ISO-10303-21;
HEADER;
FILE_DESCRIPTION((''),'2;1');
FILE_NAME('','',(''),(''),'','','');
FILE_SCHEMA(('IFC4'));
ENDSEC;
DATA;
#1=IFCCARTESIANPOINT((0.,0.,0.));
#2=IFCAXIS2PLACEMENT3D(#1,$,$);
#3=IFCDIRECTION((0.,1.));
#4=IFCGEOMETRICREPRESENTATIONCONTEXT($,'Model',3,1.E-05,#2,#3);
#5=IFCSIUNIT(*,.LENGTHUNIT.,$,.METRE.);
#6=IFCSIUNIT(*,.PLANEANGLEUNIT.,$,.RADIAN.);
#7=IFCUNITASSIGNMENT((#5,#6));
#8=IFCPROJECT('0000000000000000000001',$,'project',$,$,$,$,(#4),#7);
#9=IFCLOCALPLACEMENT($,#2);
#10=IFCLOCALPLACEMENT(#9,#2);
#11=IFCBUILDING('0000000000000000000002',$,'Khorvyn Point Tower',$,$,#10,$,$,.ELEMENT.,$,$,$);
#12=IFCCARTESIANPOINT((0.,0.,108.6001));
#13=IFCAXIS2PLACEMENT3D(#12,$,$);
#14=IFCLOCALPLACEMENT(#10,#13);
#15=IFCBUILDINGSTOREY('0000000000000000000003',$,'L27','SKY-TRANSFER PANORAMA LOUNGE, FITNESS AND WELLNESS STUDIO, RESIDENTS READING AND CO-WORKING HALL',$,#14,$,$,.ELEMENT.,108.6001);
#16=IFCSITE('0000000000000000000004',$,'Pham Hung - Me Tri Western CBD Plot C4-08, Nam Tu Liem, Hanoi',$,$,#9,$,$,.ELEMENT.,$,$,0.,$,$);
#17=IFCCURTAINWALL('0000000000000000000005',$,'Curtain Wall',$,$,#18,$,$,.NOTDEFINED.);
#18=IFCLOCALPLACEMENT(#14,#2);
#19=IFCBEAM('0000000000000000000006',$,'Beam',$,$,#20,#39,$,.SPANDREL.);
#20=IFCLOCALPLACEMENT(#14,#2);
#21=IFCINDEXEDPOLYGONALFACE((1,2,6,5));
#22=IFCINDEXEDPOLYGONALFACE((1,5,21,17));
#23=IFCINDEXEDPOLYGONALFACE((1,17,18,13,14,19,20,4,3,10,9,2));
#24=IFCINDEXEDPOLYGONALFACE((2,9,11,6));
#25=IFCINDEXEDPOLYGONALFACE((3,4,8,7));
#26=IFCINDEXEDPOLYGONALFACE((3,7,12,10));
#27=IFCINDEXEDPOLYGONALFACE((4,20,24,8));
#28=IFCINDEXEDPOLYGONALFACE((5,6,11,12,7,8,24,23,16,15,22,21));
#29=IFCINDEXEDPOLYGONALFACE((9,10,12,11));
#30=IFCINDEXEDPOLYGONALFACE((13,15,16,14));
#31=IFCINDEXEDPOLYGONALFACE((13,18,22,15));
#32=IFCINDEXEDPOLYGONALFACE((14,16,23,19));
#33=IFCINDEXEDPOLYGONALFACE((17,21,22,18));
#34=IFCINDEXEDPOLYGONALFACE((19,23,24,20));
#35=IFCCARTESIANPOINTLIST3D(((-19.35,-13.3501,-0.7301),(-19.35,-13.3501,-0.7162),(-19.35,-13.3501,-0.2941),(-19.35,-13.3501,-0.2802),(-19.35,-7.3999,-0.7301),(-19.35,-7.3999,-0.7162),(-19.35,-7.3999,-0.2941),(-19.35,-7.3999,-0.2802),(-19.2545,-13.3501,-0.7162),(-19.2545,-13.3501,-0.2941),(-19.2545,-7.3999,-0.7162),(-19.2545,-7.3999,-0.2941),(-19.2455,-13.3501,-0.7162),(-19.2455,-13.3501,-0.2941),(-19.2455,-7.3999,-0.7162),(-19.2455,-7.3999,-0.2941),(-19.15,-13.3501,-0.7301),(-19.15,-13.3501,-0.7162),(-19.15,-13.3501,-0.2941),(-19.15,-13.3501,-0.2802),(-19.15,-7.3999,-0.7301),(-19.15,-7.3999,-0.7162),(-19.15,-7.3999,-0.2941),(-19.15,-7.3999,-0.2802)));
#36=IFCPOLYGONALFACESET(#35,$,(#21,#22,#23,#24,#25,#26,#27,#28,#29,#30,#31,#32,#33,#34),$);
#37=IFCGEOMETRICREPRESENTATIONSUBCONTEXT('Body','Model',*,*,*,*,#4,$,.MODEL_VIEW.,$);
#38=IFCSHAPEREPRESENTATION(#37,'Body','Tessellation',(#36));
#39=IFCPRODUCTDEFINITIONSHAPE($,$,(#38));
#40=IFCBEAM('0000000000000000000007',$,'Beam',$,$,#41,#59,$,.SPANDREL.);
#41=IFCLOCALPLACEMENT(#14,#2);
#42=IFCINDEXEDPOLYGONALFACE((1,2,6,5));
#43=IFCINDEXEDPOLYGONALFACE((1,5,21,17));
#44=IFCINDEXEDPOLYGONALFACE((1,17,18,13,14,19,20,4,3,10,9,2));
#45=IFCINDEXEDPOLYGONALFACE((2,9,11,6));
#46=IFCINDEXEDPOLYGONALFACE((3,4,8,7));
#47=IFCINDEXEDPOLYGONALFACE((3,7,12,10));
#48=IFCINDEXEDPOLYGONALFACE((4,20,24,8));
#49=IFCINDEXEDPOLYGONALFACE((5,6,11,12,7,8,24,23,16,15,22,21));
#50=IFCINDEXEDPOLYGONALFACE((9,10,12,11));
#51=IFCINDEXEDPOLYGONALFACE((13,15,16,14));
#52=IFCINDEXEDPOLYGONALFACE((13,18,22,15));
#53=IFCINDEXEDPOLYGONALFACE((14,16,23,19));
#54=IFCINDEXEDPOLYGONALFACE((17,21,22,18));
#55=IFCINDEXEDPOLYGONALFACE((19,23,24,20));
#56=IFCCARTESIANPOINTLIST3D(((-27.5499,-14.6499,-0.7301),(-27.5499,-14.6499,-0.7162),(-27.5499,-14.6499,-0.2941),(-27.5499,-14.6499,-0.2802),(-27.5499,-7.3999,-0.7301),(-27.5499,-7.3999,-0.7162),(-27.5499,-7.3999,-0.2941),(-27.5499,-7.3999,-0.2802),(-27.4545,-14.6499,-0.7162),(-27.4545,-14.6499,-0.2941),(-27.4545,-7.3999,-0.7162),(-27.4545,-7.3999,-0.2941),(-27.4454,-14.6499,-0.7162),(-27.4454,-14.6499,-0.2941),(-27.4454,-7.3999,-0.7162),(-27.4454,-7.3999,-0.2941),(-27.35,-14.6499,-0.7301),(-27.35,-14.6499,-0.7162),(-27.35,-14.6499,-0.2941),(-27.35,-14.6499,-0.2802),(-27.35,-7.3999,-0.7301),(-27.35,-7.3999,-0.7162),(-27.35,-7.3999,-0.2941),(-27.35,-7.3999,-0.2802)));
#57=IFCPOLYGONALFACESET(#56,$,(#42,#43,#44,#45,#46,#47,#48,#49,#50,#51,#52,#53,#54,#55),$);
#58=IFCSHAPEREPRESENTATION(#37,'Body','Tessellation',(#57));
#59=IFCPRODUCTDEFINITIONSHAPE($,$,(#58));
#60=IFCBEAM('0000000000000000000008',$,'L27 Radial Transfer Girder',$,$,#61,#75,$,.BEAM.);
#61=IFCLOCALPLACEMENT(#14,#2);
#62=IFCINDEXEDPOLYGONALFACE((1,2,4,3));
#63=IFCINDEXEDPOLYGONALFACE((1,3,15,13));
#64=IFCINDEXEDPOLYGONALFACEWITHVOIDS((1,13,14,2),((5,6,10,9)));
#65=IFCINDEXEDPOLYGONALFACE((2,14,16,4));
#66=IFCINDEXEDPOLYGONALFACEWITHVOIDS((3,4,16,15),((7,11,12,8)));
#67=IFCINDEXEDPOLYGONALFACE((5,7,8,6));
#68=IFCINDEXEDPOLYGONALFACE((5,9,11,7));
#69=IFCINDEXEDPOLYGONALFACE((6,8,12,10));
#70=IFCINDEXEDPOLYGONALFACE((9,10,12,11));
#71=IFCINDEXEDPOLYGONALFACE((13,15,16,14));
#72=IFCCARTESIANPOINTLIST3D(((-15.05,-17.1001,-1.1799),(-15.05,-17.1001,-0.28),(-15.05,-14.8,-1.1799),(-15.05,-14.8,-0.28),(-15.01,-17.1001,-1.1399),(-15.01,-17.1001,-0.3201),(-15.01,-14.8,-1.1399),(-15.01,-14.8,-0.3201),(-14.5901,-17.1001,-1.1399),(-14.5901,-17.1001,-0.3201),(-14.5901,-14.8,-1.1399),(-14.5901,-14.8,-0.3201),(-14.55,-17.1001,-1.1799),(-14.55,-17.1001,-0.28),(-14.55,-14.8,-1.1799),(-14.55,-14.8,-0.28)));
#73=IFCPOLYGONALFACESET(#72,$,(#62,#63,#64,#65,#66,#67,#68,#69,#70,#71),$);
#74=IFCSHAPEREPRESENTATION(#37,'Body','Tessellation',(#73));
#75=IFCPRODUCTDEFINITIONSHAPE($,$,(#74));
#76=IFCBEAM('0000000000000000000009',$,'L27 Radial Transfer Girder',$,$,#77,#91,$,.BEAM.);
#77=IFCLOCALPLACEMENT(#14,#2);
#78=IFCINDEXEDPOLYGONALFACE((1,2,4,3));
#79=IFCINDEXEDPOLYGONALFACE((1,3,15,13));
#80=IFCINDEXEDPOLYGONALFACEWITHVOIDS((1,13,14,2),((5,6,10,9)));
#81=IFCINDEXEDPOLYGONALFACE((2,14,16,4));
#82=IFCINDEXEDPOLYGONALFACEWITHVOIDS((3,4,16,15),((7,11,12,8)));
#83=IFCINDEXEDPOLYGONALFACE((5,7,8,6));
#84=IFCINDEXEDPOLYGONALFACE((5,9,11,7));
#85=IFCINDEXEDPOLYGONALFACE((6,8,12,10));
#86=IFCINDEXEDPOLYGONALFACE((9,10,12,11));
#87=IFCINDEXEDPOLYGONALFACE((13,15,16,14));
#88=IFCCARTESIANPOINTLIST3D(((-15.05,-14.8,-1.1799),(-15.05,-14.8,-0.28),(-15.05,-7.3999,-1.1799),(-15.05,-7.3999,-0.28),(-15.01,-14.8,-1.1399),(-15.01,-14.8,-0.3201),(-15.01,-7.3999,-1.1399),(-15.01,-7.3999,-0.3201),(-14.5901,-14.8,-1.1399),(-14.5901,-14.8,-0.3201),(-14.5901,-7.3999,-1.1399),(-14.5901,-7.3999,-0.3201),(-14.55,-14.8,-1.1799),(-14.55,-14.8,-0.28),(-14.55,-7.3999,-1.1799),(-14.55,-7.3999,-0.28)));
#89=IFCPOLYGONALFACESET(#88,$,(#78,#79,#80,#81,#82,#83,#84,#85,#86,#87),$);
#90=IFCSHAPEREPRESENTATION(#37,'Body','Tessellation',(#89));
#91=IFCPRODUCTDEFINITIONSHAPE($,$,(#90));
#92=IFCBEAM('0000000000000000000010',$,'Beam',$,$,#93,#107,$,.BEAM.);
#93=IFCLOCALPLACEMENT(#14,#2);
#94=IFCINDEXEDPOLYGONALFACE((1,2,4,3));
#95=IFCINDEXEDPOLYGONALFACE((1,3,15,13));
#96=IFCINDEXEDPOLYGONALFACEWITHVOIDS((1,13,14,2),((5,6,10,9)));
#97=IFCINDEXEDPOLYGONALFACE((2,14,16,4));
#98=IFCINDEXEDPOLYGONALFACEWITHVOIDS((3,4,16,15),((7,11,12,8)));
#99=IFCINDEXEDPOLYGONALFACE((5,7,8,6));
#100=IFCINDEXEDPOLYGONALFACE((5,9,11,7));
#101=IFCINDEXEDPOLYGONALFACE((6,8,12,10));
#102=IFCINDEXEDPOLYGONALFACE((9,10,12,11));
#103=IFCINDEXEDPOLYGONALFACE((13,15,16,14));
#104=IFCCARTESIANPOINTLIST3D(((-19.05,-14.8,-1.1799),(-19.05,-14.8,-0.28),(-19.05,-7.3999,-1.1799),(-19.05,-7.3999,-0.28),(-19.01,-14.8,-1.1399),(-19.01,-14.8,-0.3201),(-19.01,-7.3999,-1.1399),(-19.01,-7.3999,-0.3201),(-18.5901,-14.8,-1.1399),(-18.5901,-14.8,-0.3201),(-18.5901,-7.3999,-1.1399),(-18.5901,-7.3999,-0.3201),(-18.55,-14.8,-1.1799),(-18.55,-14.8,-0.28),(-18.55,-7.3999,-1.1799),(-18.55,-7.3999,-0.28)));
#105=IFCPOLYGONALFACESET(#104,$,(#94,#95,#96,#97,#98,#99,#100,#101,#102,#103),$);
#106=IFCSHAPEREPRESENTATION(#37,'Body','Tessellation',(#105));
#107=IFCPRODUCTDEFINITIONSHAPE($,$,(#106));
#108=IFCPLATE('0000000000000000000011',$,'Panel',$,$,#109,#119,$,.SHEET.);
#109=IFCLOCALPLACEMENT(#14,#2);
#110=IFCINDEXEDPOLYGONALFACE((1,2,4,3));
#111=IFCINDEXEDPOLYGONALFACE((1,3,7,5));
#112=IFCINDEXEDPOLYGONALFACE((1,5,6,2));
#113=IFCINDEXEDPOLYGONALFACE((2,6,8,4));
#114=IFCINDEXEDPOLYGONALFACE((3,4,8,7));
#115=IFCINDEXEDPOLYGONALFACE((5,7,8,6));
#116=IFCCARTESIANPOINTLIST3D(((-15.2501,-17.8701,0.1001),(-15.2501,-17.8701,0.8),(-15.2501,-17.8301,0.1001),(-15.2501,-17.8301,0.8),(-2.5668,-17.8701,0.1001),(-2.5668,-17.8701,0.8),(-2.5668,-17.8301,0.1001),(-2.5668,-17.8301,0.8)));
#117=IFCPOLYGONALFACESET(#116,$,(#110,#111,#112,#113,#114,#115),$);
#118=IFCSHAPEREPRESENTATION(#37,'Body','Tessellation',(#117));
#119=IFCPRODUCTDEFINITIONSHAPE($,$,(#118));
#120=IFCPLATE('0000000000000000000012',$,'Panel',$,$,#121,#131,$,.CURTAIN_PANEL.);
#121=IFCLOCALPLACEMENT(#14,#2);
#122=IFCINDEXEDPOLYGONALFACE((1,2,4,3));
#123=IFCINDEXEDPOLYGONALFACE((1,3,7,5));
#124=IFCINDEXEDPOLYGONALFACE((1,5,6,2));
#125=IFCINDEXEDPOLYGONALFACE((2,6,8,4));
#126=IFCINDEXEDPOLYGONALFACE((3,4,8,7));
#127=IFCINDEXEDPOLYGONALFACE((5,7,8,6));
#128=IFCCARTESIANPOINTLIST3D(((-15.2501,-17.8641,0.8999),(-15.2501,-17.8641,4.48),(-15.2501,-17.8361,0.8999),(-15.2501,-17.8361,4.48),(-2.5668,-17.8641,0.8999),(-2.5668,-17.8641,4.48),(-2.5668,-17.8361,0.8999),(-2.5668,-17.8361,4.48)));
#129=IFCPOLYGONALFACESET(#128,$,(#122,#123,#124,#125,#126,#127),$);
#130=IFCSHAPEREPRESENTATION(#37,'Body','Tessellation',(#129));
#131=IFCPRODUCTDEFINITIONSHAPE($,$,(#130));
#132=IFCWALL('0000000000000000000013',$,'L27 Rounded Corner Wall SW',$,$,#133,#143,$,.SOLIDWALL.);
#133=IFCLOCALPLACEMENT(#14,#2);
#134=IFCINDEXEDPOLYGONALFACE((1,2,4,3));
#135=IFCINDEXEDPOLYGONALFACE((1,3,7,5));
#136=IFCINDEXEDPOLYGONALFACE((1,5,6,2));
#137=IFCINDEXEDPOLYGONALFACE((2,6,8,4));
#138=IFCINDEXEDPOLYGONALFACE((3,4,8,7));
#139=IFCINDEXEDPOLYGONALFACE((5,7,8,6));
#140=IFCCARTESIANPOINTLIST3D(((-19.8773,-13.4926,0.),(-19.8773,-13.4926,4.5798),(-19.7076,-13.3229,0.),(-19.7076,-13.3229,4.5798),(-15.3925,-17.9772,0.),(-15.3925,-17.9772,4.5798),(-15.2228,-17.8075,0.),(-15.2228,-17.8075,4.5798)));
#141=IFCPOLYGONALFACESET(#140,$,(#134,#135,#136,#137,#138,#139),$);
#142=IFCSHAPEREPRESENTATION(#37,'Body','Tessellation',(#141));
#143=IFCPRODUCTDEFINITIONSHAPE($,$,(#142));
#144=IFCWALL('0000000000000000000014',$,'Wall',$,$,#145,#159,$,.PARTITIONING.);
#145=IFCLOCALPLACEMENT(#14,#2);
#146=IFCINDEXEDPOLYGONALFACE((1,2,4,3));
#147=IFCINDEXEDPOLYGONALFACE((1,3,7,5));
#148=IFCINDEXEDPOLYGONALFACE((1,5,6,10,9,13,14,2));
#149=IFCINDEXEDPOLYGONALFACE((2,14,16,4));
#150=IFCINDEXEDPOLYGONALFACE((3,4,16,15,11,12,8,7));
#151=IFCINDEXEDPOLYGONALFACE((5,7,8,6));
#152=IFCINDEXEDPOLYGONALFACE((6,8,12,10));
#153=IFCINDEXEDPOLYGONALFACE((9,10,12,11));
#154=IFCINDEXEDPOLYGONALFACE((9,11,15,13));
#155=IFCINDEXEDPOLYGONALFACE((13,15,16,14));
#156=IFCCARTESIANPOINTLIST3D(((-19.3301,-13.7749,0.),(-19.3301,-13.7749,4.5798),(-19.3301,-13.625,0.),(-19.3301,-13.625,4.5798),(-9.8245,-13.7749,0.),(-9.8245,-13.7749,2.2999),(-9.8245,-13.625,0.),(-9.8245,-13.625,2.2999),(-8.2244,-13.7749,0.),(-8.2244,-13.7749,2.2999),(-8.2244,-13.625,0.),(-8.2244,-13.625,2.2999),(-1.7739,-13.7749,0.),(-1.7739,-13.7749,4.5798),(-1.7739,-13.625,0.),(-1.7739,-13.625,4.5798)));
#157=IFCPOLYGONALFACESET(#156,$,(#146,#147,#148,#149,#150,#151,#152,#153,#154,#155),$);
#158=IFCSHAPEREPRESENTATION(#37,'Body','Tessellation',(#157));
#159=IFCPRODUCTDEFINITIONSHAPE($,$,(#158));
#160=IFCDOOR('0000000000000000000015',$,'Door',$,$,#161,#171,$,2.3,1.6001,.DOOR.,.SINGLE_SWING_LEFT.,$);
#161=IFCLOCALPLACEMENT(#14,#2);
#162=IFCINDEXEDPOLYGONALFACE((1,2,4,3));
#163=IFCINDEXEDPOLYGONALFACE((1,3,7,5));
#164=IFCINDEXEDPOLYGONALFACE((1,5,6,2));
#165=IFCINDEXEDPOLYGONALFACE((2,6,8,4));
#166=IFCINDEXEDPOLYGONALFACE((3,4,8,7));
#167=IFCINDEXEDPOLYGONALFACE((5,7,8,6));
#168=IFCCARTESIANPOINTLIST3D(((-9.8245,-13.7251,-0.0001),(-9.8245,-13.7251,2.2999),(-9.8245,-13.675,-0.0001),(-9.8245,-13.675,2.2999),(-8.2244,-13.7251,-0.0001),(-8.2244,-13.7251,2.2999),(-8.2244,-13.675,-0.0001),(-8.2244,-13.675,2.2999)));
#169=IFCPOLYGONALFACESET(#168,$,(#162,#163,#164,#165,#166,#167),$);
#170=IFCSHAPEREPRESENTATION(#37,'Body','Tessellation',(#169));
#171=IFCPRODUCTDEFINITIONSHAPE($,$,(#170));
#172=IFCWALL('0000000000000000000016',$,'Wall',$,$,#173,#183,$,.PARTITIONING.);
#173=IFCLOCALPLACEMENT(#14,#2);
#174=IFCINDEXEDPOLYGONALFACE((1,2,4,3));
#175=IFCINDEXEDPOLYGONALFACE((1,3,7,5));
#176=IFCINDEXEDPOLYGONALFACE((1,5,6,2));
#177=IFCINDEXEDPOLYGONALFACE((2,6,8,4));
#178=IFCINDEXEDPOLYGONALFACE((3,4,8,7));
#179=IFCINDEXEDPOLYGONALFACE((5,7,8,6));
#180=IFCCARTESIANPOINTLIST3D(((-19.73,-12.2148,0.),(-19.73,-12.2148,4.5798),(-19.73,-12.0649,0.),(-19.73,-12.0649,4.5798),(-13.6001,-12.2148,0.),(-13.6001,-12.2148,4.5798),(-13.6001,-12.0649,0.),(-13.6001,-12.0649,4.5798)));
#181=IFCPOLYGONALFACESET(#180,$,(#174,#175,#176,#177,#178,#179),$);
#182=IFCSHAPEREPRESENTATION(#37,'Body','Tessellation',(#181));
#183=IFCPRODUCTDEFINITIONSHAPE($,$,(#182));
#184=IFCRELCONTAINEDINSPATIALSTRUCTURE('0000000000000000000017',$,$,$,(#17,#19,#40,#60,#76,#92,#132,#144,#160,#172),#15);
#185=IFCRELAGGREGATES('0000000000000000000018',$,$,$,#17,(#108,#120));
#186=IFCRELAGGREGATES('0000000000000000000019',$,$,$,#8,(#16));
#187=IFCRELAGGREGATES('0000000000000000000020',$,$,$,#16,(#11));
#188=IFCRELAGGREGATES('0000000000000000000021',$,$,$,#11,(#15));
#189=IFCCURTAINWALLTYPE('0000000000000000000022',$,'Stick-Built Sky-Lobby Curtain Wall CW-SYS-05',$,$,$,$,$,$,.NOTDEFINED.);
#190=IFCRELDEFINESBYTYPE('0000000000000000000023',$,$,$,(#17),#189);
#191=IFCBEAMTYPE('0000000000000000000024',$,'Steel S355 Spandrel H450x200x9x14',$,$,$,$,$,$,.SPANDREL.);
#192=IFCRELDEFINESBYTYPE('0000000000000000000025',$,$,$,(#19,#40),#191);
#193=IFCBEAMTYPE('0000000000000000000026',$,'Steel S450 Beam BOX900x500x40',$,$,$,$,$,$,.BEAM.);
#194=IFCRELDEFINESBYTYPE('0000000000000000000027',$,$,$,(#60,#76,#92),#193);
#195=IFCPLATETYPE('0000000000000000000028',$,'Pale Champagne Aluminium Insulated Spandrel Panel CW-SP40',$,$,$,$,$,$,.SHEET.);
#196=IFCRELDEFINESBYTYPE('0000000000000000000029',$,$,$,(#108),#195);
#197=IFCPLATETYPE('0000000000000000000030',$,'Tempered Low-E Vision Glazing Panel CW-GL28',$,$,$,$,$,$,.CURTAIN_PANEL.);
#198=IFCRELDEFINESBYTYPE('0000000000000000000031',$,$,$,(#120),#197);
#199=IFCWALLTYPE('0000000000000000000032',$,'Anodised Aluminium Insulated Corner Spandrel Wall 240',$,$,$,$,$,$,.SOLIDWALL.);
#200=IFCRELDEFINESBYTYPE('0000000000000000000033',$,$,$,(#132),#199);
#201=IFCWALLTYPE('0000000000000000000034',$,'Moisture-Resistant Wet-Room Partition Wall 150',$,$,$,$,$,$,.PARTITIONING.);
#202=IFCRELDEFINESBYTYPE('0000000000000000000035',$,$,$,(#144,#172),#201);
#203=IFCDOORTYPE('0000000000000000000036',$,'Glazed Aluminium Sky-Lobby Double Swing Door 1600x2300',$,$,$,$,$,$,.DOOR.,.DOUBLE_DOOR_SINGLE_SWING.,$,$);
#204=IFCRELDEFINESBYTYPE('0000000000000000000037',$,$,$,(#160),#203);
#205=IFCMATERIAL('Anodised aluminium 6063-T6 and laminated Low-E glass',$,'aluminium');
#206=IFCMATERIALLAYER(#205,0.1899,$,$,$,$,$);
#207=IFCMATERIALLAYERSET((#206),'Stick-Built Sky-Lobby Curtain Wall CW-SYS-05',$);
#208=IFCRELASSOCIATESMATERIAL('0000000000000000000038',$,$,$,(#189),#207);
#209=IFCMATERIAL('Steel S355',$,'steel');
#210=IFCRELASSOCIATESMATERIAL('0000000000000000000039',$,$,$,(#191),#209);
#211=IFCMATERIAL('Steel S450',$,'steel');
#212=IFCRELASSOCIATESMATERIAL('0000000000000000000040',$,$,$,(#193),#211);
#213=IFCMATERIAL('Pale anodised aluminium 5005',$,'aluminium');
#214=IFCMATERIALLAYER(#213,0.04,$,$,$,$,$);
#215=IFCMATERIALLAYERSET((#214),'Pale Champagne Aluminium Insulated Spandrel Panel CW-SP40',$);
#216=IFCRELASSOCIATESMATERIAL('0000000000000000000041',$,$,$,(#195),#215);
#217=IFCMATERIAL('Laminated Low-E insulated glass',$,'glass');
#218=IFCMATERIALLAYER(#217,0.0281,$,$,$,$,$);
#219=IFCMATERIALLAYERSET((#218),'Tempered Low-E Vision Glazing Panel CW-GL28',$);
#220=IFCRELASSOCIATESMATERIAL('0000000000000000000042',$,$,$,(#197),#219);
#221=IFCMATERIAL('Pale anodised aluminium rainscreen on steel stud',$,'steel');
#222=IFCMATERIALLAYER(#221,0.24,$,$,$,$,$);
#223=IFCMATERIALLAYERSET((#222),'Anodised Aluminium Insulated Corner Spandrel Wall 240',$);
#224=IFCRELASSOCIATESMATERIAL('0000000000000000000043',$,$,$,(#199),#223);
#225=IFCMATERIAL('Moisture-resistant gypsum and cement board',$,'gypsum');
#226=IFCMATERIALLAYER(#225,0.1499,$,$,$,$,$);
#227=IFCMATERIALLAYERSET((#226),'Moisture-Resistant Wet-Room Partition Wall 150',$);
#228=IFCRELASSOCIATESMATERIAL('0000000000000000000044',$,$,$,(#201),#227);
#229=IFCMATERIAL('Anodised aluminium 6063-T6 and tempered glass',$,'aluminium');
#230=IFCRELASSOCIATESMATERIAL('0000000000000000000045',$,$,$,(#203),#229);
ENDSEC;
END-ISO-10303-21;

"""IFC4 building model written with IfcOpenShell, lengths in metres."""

from ifc_helpers import new_model, si_unit, direction, frame, frame_2d, origin, origin_2d, place, context, subcontext, project, spatial, rectangle, hollow_rectangle, i_section, extrude, material, layer, layer_set, material_profile, profile_set, type_object, element, fill, aggregate, save


model = new_model("IFC4")

# Units and contexts
model_context = context("Model", 3, precision=1e-05, world=origin(), true_north=direction((0.0, 1.0)))
body_context = subcontext(model_context, "Body", "Model", "MODEL_VIEW")
ifc_project = project(units=[si_unit("LENGTHUNIT", "METRE"), si_unit("PLANEANGLEUNIT", "RADIAN")], contexts=[model_context])

# Site, building, storey
site_placement = place(None, origin())
site = spatial("IfcSite", under=ifc_project, at=site_placement, Name="Pham Hung - Me Tri Western CBD Plot C4-08, Nam Tu Liem, Hanoi", CompositionType="ELEMENT", RefElevation=0.0)
building_placement = place(site_placement, origin())
building = spatial("IfcBuilding", under=site, at=building_placement, Name="Khorvyn Point Tower", CompositionType="ELEMENT")
storey_placement = place(building_placement, frame((0.0, 0.0, 108.6001)))
storey = spatial("IfcBuildingStorey", under=building, at=storey_placement, Name="L27", Description="SKY-TRANSFER PANORAMA LOUNGE, FITNESS AND WELLNESS STUDIO, RESIDENTS READING AND CO-WORKING HALL", CompositionType="ELEMENT", Elevation=108.6001)

# Shared definitions
ifc_material_1 = material(Name="Steel S450", Category="steel")

# Curtain wall
ifc_material_2 = material(Name="Anodised aluminium 6063-T6 and laminated Low-E glass", Category="aluminium")
ifc_layer_1 = layer(ifc_material_2, 0.1899)
ifc_layer_set_1 = layer_set([ifc_layer_1], Name="Stick-Built Sky-Lobby Curtain Wall CW-SYS-05")
curtain_wall_type = type_object("IfcCurtainWallType", Name="Stick-Built Sky-Lobby Curtain Wall CW-SYS-05", PredefinedType="NOTDEFINED", material=ifc_layer_set_1)
curtain_wall_1_placement = place(storey_placement, origin())
curtain_wall_1 = element("IfcCurtainWall", 1, at=curtain_wall_1_placement, inside=storey, type_object=curtain_wall_type, Name="Curtain Wall", PredefinedType="NOTDEFINED")

# Beams
ifc_material_3 = material(Name="Steel S355", Category="steel")
ifc_material_profile_1 = material_profile(ifc_material_3, i_section(OverallWidth=0.2, OverallDepth=0.45, WebThickness=0.009, FlangeThickness=0.0139, at=origin_2d()))
ifc_profile_set_1 = profile_set([ifc_material_profile_1], Name="Steel S355 H450x200x9x14")
beam_type_1 = type_object("IfcBeamType", Name="Steel S355 Spandrel H450x200x9x14", PredefinedType="SPANDREL", material=ifc_profile_set_1)
beam_1_placement = place(storey_placement, frame((-19.25, -13.3501, -0.5051), z_axis=(0.0, 1.0, 0.0), x_axis=(-1.0, 0.0, 0.0)))
element("IfcBeam", 2, at=beam_1_placement, inside=storey, type_object=beam_type_1, Name="Beam", PredefinedType="SPANDREL", context=body_context, shape_type="SweptSolid", body=[
    extrude(i_section(OverallWidth=0.2, OverallDepth=0.45, WebThickness=0.009, FlangeThickness=0.0139, at=origin_2d()), origin(), (0.0, 0.0, 1.0), 5.9502),
])
beam_2_placement = place(storey_placement, frame((-27.45, -14.6499, -0.5051), z_axis=(0.0, 1.0, 0.0), x_axis=(-1.0, 0.0, 0.0)))
element("IfcBeam", 3, at=beam_2_placement, inside=storey, type_object=beam_type_1, Name="Beam", PredefinedType="SPANDREL", context=body_context, shape_type="SweptSolid", body=[
    extrude(i_section(OverallWidth=0.2, OverallDepth=0.45, WebThickness=0.009, FlangeThickness=0.0139, at=origin_2d()), origin(), (0.0, 0.0, 1.0), 7.25),
])
ifc_material_profile_2 = material_profile(ifc_material_1, hollow_rectangle(XDim=0.5, YDim=0.8999, WallThickness=0.04, at=origin_2d()))
ifc_profile_set_2 = profile_set([ifc_material_profile_2], Name="Steel S450 BOX900x500x40")
beam_type_2 = type_object("IfcBeamType", Name="Steel S450 Beam BOX900x500x40", PredefinedType="BEAM", material=ifc_profile_set_2)
beam_3_placement = place(storey_placement, frame((-14.8, -17.1001, -0.73), z_axis=(0.0, 1.0, 0.0), x_axis=(-1.0, 0.0, 0.0)))
element("IfcBeam", 4, at=beam_3_placement, inside=storey, type_object=beam_type_2, Name="L27 Radial Transfer Girder", PredefinedType="BEAM", context=body_context, shape_type="SweptSolid", body=[
    extrude(hollow_rectangle(XDim=0.5, YDim=0.8999, WallThickness=0.04, at=origin_2d()), origin(), (0.0, 0.0, 1.0), 2.3),
])
for number, where, z_axis, x_axis, name in (
    (5, (-14.8, -14.8, -0.73), (0.0, 1.0, 0.0), (-1.0, 0.0, 0.0), "L27 Radial Transfer Girder"),
    (6, (-18.8, -14.8, -0.73), (0.0, 1.0, 0.0), (-1.0, 0.0, 0.0), "Beam"),
):
    element("IfcBeam", number, at=place(storey_placement, frame(where, z_axis=z_axis, x_axis=x_axis)), inside=storey, type_object=beam_type_2, Name=name, PredefinedType="BEAM", context=body_context, shape_type="SweptSolid", body=[
        extrude(hollow_rectangle(XDim=0.5, YDim=0.8999, WallThickness=0.04, at=origin_2d()), origin(), (0.0, 0.0, 1.0), 7.4001),
    ])

# Plates
ifc_material_4 = material(Name="Pale anodised aluminium 5005", Category="aluminium")
ifc_layer_2 = layer(ifc_material_4, 0.04)
ifc_layer_set_2 = layer_set([ifc_layer_2], Name="Pale Champagne Aluminium Insulated Spandrel Panel CW-SP40")
plate_type_1 = type_object("IfcPlateType", Name="Pale Champagne Aluminium Insulated Spandrel Panel CW-SP40", PredefinedType="SHEET", material=ifc_layer_set_2)
plate_1_placement = place(storey_placement, frame((-8.9084, -17.8501, 0.1001), z_axis=(0.0, 0.0, 1.0), x_axis=(-1.0, 0.0, 0.0)))
plate_1 = element("IfcPlate", 7, at=plate_1_placement, type_object=plate_type_1, Name="Panel", PredefinedType="SHEET", context=body_context, shape_type="SweptSolid", body=[
    extrude(rectangle(XDim=12.6833, YDim=0.04, at=origin_2d()), origin(), (0.0, 0.0, 1.0), 0.7),
])
ifc_material_5 = material(Name="Laminated Low-E insulated glass", Category="glass")
ifc_layer_3 = layer(ifc_material_5, 0.0281)
ifc_layer_set_3 = layer_set([ifc_layer_3], Name="Tempered Low-E Vision Glazing Panel CW-GL28")
plate_type_2 = type_object("IfcPlateType", Name="Tempered Low-E Vision Glazing Panel CW-GL28", PredefinedType="CURTAIN_PANEL", material=ifc_layer_set_3)
plate_2_placement = place(storey_placement, frame((-8.9084, -17.8501, 0.8999), z_axis=(0.0, 0.0, 1.0), x_axis=(-1.0, 0.0, 0.0)))
plate_2 = element("IfcPlate", 8, at=plate_2_placement, type_object=plate_type_2, Name="Panel", PredefinedType="CURTAIN_PANEL", context=body_context, shape_type="SweptSolid", body=[
    extrude(rectangle(XDim=12.6833, YDim=0.0281, at=origin_2d()), origin(), (0.0, 0.0, 1.0), 3.5801),
])
aggregate(curtain_wall_1, [plate_1, plate_2])

# Wall
ifc_material_6 = material(Name="Pale anodised aluminium rainscreen on steel stud", Category="steel")
ifc_layer_4 = layer(ifc_material_6, 0.24)
ifc_layer_set_4 = layer_set([ifc_layer_4], Name="Anodised Aluminium Insulated Corner Spandrel Wall 240")
wall_type_1 = type_object("IfcWallType", Name="Anodised Aluminium Insulated Corner Spandrel Wall 240", PredefinedType="SOLIDWALL", material=ifc_layer_set_4)
wall_1_placement = place(storey_placement, frame((-15.3076, -17.8923, 0.0), z_axis=(0.0, 0.0, 1.0), x_axis=(-0.707126, 0.707088, 0.0)))
element("IfcWall", 9, at=wall_1_placement, inside=storey, type_object=wall_type_1, Name="L27 Rounded Corner Wall SW", PredefinedType="SOLIDWALL", context=body_context, shape_type="SweptSolid", body=[
    extrude(rectangle(XDim=6.3423, YDim=0.24, at=frame_2d((3.1711, 0.0))), origin(), (0.0, 0.0, 1.0), 4.5798),
])

# Wall, opening, door
ifc_material_7 = material(Name="Moisture-resistant gypsum and cement board", Category="gypsum")
ifc_layer_5 = layer(ifc_material_7, 0.1499)
ifc_layer_set_5 = layer_set([ifc_layer_5], Name="Moisture-Resistant Wet-Room Partition Wall 150")
wall_type_2 = type_object("IfcWallType", Name="Moisture-Resistant Wet-Room Partition Wall 150", PredefinedType="PARTITIONING", material=ifc_layer_set_5)
wall_2_placement = place(storey_placement, frame((-19.3301, -13.7, 0.0), z_axis=(0.0, 0.0, 1.0), x_axis=(1.0, 0.0, 0.0)))
wall_2 = element("IfcWall", 10, at=wall_2_placement, inside=storey, type_object=wall_type_2, Name="Wall", PredefinedType="PARTITIONING", context=body_context, shape_type="SweptSolid", body=[
    extrude(rectangle(XDim=17.5562, YDim=0.1499, at=frame_2d((8.7781, 0.0))), origin(), (0.0, 0.0, 1.0), 4.5798),
])
opening_placement = place(wall_2_placement, frame((9.5056, 0.0, 0.0)))
opening = element("IfcOpeningElement", 11, at=opening_placement, cuts=wall_2, PredefinedType="OPENING", context=body_context, shape_type="SweptSolid", body=[
    extrude(rectangle(XDim=1.6001, YDim=2.3, at=frame_2d((0.8, 1.1499))), frame((0.0, 0.085, 0.0), z_axis=(0.0, -1.0, 0.0), x_axis=(1.0, 0.0, 0.0)), (0.0, 0.0, 1.0), 0.1699),
])
ifc_material_8 = material(Name="Anodised aluminium 6063-T6 and tempered glass", Category="aluminium")
door_type = type_object("IfcDoorType", Name="Glazed Aluminium Sky-Lobby Double Swing Door 1600x2300", OperationType="DOUBLE_DOOR_SINGLE_SWING", PredefinedType="DOOR", material=ifc_material_8)
door_placement = place(opening_placement, origin())
door = element("IfcDoor", 12, at=door_placement, inside=storey, type_object=door_type, Name="Door", OperationType="SINGLE_SWING_LEFT", OverallHeight=2.3, OverallWidth=1.6001, PredefinedType="DOOR", context=body_context, shape_type="SweptSolid", body=[
    extrude(rectangle(XDim=1.6001, YDim=2.3, at=frame_2d((0.8, 1.1499))), frame((0.0, 0.0249, 0.0), z_axis=(0.0, -1.0, 0.0), x_axis=(1.0, 0.0, 0.0)), (0.0, 0.0, 1.0), 0.05),
])
fill(opening, door)

# Wall
wall_3_placement = place(storey_placement, frame((-19.73, -12.1399, 0.0), z_axis=(0.0, 0.0, 1.0), x_axis=(1.0, 0.0, 0.0)))
element("IfcWall", 13, at=wall_3_placement, inside=storey, type_object=wall_type_2, Name="Wall", PredefinedType="PARTITIONING", context=body_context, shape_type="SweptSolid", body=[
    extrude(rectangle(XDim=6.1299, YDim=0.1499, at=frame_2d((3.0649, 0.0))), origin(), (0.0, 0.0, 1.0), 4.5798),
])

save(model, "model.ifc")
